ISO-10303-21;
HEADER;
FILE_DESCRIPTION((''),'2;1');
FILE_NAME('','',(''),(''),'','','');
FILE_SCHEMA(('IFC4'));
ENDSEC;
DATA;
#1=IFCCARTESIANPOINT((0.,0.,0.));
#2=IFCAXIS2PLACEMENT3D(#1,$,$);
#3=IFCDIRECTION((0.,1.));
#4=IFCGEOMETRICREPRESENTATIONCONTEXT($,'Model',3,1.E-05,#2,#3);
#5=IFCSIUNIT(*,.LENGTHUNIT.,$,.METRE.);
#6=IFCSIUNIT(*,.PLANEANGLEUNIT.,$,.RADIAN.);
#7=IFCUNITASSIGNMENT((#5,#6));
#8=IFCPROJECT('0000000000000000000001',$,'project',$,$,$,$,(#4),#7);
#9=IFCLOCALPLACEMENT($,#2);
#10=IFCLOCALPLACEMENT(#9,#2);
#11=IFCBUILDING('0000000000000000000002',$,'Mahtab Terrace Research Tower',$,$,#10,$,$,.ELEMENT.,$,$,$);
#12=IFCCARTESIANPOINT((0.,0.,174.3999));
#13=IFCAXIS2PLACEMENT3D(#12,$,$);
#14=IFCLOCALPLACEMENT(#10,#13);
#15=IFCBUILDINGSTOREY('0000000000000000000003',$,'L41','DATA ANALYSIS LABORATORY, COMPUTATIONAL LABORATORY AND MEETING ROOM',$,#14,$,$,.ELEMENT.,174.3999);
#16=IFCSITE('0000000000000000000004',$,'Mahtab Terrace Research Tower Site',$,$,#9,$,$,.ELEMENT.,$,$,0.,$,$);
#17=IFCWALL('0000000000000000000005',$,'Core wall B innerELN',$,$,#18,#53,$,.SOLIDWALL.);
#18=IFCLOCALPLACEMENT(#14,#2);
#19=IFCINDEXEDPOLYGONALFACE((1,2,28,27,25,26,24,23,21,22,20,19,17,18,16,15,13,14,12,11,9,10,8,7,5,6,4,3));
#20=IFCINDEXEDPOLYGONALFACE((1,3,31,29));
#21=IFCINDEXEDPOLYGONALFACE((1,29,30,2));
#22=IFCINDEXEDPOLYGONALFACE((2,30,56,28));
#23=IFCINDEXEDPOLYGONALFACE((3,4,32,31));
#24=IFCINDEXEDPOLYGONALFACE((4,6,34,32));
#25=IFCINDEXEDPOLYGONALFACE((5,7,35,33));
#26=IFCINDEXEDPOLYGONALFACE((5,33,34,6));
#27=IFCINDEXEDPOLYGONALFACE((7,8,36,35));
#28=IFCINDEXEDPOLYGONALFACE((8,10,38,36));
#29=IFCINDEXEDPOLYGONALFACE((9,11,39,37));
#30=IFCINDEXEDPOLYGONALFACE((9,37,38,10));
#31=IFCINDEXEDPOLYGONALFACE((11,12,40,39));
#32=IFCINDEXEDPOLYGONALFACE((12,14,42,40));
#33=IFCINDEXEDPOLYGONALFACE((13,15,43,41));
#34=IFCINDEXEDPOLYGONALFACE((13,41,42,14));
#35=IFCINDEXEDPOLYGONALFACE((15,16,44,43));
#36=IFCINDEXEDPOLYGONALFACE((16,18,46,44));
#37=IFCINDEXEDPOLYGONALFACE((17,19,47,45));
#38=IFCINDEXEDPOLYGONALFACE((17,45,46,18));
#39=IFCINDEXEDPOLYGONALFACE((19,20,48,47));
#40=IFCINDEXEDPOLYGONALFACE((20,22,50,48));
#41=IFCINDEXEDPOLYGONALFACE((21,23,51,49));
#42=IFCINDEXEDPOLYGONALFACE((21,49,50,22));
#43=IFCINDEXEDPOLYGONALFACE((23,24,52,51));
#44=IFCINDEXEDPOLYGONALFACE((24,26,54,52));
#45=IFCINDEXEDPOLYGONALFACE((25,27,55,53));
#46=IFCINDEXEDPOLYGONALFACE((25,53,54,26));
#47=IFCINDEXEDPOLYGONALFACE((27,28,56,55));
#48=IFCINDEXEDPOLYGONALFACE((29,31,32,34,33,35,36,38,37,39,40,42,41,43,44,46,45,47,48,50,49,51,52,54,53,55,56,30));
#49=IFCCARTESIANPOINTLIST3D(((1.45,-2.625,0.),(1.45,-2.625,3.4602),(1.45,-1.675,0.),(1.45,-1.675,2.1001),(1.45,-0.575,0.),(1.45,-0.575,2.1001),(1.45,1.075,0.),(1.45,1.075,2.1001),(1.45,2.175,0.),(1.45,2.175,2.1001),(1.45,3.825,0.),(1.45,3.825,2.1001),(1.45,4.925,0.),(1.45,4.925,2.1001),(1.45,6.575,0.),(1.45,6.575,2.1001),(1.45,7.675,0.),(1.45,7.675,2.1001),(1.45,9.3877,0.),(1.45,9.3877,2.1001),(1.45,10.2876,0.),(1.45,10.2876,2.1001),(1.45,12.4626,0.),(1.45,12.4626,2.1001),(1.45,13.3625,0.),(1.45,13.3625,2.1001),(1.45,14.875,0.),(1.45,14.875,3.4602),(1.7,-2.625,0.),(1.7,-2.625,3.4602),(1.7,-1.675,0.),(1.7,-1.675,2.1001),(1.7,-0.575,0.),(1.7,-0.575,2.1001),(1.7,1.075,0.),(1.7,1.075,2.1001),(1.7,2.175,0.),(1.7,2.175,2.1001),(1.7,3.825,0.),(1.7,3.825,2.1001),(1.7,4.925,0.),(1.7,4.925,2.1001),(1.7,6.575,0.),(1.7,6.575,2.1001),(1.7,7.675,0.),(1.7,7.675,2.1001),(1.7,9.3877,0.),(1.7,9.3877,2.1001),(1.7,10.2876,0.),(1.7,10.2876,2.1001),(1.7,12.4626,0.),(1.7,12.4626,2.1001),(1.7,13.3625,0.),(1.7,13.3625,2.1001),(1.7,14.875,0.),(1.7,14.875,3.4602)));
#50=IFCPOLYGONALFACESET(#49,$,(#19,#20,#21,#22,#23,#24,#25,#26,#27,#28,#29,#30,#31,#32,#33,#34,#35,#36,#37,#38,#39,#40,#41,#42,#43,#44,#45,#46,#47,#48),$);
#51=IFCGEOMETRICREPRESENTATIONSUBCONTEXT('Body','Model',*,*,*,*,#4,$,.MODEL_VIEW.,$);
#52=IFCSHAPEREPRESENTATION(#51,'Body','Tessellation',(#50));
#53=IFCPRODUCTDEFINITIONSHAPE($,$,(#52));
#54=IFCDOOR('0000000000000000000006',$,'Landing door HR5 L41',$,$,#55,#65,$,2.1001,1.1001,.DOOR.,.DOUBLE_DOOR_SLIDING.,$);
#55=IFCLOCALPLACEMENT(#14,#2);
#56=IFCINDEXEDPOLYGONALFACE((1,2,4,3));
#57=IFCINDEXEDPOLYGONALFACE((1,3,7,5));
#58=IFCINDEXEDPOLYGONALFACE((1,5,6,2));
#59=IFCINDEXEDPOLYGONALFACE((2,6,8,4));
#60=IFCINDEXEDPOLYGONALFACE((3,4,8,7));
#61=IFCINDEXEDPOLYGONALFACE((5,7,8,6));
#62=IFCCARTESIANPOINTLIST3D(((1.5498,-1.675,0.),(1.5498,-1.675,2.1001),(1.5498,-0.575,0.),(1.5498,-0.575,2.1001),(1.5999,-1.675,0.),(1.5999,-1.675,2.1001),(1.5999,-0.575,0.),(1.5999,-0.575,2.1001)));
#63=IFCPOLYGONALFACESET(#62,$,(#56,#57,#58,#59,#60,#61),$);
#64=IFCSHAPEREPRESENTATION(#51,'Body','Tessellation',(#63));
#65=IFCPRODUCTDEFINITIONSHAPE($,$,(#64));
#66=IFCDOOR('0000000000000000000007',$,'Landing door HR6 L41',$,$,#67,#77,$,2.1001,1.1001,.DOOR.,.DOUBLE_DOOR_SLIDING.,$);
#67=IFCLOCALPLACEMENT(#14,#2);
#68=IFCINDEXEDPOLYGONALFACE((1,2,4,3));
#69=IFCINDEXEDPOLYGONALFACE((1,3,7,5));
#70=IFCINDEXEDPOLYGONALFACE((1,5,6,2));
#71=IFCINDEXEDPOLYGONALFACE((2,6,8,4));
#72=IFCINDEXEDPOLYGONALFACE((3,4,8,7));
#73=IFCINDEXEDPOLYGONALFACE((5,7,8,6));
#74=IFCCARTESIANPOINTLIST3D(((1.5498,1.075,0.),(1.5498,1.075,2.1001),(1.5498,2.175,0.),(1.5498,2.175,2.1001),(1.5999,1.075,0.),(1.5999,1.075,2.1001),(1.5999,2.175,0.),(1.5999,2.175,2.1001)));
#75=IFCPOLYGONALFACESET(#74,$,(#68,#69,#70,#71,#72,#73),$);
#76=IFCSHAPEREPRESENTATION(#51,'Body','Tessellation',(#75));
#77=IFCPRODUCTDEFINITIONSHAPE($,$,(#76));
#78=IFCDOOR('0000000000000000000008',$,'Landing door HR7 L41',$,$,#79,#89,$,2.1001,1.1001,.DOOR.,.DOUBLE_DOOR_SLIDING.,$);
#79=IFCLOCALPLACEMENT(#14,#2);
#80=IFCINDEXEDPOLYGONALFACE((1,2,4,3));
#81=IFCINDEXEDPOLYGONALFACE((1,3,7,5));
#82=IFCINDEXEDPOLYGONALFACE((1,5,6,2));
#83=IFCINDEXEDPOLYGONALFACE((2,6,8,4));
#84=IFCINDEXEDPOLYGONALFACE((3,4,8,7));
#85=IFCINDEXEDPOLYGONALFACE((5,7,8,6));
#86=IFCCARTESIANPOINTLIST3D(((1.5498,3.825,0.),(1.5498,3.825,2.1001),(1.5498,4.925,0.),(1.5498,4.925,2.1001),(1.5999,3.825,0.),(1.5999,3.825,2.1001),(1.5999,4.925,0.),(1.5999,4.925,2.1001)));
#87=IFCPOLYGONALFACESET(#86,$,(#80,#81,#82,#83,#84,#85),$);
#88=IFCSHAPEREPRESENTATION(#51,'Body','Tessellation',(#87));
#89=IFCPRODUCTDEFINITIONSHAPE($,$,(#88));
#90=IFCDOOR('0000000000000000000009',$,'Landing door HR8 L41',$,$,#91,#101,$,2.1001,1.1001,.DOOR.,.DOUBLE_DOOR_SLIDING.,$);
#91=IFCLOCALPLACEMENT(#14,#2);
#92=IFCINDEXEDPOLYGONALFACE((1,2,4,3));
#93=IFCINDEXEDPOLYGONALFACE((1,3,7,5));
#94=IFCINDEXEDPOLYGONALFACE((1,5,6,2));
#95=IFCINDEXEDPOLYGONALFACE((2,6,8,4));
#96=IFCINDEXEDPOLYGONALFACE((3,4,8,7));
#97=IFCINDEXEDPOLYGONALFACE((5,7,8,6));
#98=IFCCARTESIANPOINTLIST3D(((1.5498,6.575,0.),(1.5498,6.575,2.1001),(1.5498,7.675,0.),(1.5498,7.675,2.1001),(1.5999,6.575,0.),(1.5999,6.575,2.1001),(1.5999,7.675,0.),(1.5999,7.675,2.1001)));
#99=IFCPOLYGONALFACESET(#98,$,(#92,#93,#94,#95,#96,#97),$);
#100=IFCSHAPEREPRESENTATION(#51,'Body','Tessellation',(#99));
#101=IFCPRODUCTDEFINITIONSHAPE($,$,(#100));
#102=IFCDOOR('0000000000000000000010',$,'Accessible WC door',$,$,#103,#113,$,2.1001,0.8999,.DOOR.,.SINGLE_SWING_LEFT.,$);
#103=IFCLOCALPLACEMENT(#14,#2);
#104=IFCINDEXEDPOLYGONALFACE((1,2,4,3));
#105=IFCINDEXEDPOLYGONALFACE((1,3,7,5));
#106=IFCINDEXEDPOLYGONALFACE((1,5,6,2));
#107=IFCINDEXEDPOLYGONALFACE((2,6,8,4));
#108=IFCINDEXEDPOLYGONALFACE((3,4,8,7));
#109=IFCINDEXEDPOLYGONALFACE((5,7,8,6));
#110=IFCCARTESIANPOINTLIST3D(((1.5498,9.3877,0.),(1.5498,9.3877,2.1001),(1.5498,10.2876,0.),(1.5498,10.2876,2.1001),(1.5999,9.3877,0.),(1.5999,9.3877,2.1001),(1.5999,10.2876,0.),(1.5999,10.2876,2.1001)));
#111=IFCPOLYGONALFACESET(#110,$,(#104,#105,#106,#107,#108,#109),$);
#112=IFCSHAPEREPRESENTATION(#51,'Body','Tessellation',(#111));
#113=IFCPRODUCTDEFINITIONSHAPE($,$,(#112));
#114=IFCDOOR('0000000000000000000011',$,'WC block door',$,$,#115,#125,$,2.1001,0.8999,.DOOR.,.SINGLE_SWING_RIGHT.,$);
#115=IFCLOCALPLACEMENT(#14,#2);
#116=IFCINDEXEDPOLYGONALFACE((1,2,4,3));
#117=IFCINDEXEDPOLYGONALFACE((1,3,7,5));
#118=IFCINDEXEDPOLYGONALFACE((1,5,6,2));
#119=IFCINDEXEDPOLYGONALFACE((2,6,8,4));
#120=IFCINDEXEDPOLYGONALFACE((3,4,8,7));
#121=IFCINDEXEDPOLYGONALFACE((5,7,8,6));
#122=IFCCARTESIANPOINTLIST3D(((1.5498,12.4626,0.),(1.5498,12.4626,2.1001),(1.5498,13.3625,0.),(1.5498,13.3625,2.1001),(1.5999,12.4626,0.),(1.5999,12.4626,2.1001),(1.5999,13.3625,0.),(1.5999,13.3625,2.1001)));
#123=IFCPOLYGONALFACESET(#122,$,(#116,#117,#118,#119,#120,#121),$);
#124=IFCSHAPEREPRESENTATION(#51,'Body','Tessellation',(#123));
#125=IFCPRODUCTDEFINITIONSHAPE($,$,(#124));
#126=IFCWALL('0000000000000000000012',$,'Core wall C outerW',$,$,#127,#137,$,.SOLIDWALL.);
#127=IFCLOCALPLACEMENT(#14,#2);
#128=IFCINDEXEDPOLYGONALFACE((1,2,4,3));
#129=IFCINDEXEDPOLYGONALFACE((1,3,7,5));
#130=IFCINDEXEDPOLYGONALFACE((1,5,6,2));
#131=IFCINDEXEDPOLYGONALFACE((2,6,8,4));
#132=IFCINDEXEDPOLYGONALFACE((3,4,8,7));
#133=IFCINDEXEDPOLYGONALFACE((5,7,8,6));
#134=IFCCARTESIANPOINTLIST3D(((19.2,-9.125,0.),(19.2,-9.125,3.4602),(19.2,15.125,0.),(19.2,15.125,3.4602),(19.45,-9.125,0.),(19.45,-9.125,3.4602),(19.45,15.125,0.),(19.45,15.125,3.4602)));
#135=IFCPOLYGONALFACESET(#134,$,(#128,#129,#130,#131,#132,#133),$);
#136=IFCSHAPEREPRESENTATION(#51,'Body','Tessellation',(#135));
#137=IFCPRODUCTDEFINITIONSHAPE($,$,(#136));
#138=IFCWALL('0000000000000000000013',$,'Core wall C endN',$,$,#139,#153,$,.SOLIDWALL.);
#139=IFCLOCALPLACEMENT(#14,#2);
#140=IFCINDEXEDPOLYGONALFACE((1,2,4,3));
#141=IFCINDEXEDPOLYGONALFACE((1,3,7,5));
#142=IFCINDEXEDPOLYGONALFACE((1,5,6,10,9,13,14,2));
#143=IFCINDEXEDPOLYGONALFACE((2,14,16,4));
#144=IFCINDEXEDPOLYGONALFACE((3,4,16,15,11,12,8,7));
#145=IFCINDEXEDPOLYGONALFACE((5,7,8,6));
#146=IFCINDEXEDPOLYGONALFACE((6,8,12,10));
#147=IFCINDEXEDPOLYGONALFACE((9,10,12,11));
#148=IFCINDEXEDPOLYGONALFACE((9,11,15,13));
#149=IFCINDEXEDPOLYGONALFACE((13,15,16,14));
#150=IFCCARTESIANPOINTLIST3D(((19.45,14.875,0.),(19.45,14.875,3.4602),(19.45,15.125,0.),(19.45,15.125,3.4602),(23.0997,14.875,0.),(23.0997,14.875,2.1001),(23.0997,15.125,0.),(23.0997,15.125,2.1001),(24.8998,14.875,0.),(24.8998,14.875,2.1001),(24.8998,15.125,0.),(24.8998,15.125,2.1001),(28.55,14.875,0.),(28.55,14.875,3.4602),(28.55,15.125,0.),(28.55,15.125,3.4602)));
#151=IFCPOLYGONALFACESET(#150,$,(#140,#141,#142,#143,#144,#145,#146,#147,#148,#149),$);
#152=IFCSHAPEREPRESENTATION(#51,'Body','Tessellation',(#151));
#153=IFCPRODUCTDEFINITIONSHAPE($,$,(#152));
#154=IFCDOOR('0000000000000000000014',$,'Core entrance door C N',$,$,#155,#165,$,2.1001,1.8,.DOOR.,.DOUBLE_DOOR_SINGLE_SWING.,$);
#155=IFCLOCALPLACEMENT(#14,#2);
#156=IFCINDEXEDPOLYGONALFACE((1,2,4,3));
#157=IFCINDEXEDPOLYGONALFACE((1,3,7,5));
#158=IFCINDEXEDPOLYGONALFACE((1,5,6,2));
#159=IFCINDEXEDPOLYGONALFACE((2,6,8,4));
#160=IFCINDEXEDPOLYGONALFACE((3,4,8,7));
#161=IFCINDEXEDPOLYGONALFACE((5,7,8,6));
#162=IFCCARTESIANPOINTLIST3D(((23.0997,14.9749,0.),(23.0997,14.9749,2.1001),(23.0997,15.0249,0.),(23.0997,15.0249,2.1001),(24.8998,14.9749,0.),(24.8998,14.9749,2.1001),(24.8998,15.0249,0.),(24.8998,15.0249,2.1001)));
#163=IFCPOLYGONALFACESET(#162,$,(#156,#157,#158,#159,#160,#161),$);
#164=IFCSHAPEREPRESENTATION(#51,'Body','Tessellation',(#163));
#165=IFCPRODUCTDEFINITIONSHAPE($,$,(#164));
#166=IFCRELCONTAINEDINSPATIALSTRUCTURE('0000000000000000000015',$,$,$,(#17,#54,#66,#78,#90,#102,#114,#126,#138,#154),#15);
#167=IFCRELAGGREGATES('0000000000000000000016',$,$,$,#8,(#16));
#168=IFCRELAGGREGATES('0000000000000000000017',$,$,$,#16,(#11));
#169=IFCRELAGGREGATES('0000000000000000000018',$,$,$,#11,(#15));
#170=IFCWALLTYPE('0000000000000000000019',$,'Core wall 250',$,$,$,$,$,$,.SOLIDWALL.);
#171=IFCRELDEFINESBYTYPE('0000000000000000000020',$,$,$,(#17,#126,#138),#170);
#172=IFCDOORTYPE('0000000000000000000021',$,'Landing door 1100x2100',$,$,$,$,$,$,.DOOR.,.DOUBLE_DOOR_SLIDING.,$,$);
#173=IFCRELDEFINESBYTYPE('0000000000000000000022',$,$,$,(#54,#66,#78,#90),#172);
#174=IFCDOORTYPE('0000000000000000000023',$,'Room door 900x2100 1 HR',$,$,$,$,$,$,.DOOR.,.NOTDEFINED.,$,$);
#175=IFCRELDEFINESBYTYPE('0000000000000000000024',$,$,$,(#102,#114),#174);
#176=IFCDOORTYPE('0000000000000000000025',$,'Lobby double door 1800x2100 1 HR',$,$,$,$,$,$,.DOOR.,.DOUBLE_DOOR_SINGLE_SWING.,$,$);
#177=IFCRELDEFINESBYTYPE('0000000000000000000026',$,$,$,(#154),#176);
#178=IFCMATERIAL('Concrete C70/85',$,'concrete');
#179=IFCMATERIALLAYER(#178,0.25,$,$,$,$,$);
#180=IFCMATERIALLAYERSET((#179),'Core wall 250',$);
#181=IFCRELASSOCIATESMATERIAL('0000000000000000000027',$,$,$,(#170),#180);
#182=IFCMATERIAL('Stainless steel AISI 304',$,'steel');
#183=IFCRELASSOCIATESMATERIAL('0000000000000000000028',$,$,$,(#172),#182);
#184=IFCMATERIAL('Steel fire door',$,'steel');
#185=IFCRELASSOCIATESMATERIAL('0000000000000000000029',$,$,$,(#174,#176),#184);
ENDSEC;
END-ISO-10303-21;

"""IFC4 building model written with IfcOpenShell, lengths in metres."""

from ifc_helpers import new_model, si_unit, direction, frame, frame_2d, origin, place, context, subcontext, project, spatial, rectangle, extrude, material, layer, layer_set, type_object, element, fill, save


model = new_model("IFC4")

# Units and contexts
model_context = context("Model", 3, precision=1e-05, world=origin(), true_north=direction((0.0, 1.0)))
body_context = subcontext(model_context, "Body", "Model", "MODEL_VIEW")
ifc_project = project(units=[si_unit("LENGTHUNIT", "METRE"), si_unit("PLANEANGLEUNIT", "RADIAN")], contexts=[model_context])

# Site, building, storey
site_placement = place(None, origin())
site = spatial("IfcSite", under=ifc_project, at=site_placement, Name="Mahtab Terrace Research Tower Site", CompositionType="ELEMENT", RefElevation=0.0)
building_placement = place(site_placement, origin())
building = spatial("IfcBuilding", under=site, at=building_placement, Name="Mahtab Terrace Research Tower", CompositionType="ELEMENT")
storey_placement = place(building_placement, frame((0.0, 0.0, 174.3999)))
storey = spatial("IfcBuildingStorey", under=building, at=storey_placement, Name="L41", Description="DATA ANALYSIS LABORATORY, COMPUTATIONAL LABORATORY AND MEETING ROOM", CompositionType="ELEMENT", Elevation=174.3999)

# Shared definitions
ifc_material_1 = material(Name="Concrete C70/85", Category="concrete")

# Wall, openings, doors
ifc_layer_1 = layer(ifc_material_1, 0.25)
ifc_layer_set_1 = layer_set([ifc_layer_1], Name="Core wall 250")
wall_type_1 = type_object("IfcWallType", Name="Core wall 250", PredefinedType="SOLIDWALL", material=ifc_layer_set_1)
wall_1_placement = place(storey_placement, frame((1.575, 14.875, 0.0), z_axis=(0.0, 0.0, 1.0), x_axis=(0.0, -1.0, 0.0)))
wall_1 = element("IfcWall", 1, at=wall_1_placement, inside=storey, type_object=wall_type_1, Name="Core wall B innerELN", PredefinedType="SOLIDWALL", context=body_context, shape_type="SweptSolid", body=[
    extrude(rectangle(XDim=17.5, YDim=0.25, at=frame_2d((8.75, 0.0))), origin(), (0.0, 0.0, 1.0), 3.4602),
])
opening_1_placement = place(wall_1_placement, frame((15.45, 0.0, 0.0)))
opening_1 = element("IfcOpeningElement", 2, at=opening_1_placement, cuts=wall_1, PredefinedType="OPENING", context=body_context, shape_type="SweptSolid", body=[
    extrude(rectangle(XDim=1.1001, YDim=2.1001, at=frame_2d((0.55, 1.05))), frame((0.0, 0.135, 0.0), z_axis=(0.0, -1.0, 0.0), x_axis=(1.0, 0.0, 0.0)), (0.0, 0.0, 1.0), 0.27),
])
opening_2_placement = place(wall_1_placement, frame((12.7, 0.0, 0.0)))
opening_2 = element("IfcOpeningElement", 3, at=opening_2_placement, cuts=wall_1, PredefinedType="OPENING", context=body_context, shape_type="SweptSolid", body=[
    extrude(rectangle(XDim=1.1001, YDim=2.1001, at=frame_2d((0.55, 1.05))), frame((0.0, 0.135, 0.0), z_axis=(0.0, -1.0, 0.0), x_axis=(1.0, 0.0, 0.0)), (0.0, 0.0, 1.0), 0.27),
])
opening_3_placement = place(wall_1_placement, frame((9.95, 0.0, 0.0)))
opening_3 = element("IfcOpeningElement", 4, at=opening_3_placement, cuts=wall_1, PredefinedType="OPENING", context=body_context, shape_type="SweptSolid", body=[
    extrude(rectangle(XDim=1.1001, YDim=2.1001, at=frame_2d((0.55, 1.05))), frame((0.0, 0.135, 0.0), z_axis=(0.0, -1.0, 0.0), x_axis=(1.0, 0.0, 0.0)), (0.0, 0.0, 1.0), 0.27),
])
opening_4_placement = place(wall_1_placement, frame((7.2, 0.0, 0.0)))
opening_4 = element("IfcOpeningElement", 5, at=opening_4_placement, cuts=wall_1, PredefinedType="OPENING", context=body_context, shape_type="SweptSolid", body=[
    extrude(rectangle(XDim=1.1001, YDim=2.1001, at=frame_2d((0.55, 1.05))), frame((0.0, 0.135, 0.0), z_axis=(0.0, -1.0, 0.0), x_axis=(1.0, 0.0, 0.0)), (0.0, 0.0, 1.0), 0.27),
])
opening_5_placement = place(wall_1_placement, frame((4.5874, 0.0, 0.0)))
opening_5 = element("IfcOpeningElement", 6, at=opening_5_placement, cuts=wall_1, PredefinedType="OPENING", context=body_context, shape_type="SweptSolid", body=[
    extrude(rectangle(XDim=0.8999, YDim=2.1001, at=frame_2d((0.45, 1.05))), frame((0.0, 0.135, 0.0), z_axis=(0.0, -1.0, 0.0), x_axis=(1.0, 0.0, 0.0)), (0.0, 0.0, 1.0), 0.27),
])
opening_6_placement = place(wall_1_placement, frame((1.5125, 0.0, 0.0)))
opening_6 = element("IfcOpeningElement", 7, at=opening_6_placement, cuts=wall_1, PredefinedType="OPENING", context=body_context, shape_type="SweptSolid", body=[
    extrude(rectangle(XDim=0.8999, YDim=2.1001, at=frame_2d((0.45, 1.05))), frame((0.0, 0.135, 0.0), z_axis=(0.0, -1.0, 0.0), x_axis=(1.0, 0.0, 0.0)), (0.0, 0.0, 1.0), 0.27),
])
ifc_material_2 = material(Name="Stainless steel AISI 304", Category="steel")
door_type_1 = type_object("IfcDoorType", Name="Landing door 1100x2100", OperationType="DOUBLE_DOOR_SLIDING", PredefinedType="DOOR", material=ifc_material_2)
door_1_placement = place(opening_1_placement, origin())
door_1 = element("IfcDoor", 8, at=door_1_placement, inside=storey, type_object=door_type_1, Name="Landing door HR5 L41", OperationType="DOUBLE_DOOR_SLIDING", OverallHeight=2.1001, OverallWidth=1.1001, PredefinedType="DOOR", context=body_context, shape_type="SweptSolid", body=[
    extrude(rectangle(XDim=1.1001, YDim=2.1001, at=frame_2d((0.55, 1.05))), frame((0.0, 0.0249, 0.0), z_axis=(0.0, -1.0, 0.0), x_axis=(1.0, 0.0, 0.0)), (0.0, 0.0, 1.0), 0.05),
])
fill(opening_1, door_1)
door_2_placement = place(opening_2_placement, origin())
door_2 = element("IfcDoor", 9, at=door_2_placement, inside=storey, type_object=door_type_1, Name="Landing door HR6 L41", OperationType="DOUBLE_DOOR_SLIDING", OverallHeight=2.1001, OverallWidth=1.1001, PredefinedType="DOOR", context=body_context, shape_type="SweptSolid", body=[
    extrude(rectangle(XDim=1.1001, YDim=2.1001, at=frame_2d((0.55, 1.05))), frame((0.0, 0.0249, 0.0), z_axis=(0.0, -1.0, 0.0), x_axis=(1.0, 0.0, 0.0)), (0.0, 0.0, 1.0), 0.05),
])
fill(opening_2, door_2)
door_3_placement = place(opening_3_placement, origin())
door_3 = element("IfcDoor", 10, at=door_3_placement, inside=storey, type_object=door_type_1, Name="Landing door HR7 L41", OperationType="DOUBLE_DOOR_SLIDING", OverallHeight=2.1001, OverallWidth=1.1001, PredefinedType="DOOR", context=body_context, shape_type="SweptSolid", body=[
    extrude(rectangle(XDim=1.1001, YDim=2.1001, at=frame_2d((0.55, 1.05))), frame((0.0, 0.0249, 0.0), z_axis=(0.0, -1.0, 0.0), x_axis=(1.0, 0.0, 0.0)), (0.0, 0.0, 1.0), 0.05),
])
fill(opening_3, door_3)
door_4_placement = place(opening_4_placement, origin())
door_4 = element("IfcDoor", 11, at=door_4_placement, inside=storey, type_object=door_type_1, Name="Landing door HR8 L41", OperationType="DOUBLE_DOOR_SLIDING", OverallHeight=2.1001, OverallWidth=1.1001, PredefinedType="DOOR", context=body_context, shape_type="SweptSolid", body=[
    extrude(rectangle(XDim=1.1001, YDim=2.1001, at=frame_2d((0.55, 1.05))), frame((0.0, 0.0249, 0.0), z_axis=(0.0, -1.0, 0.0), x_axis=(1.0, 0.0, 0.0)), (0.0, 0.0, 1.0), 0.05),
])
fill(opening_4, door_4)
ifc_material_3 = material(Name="Steel fire door", Category="steel")
door_type_2 = type_object("IfcDoorType", Name="Room door 900x2100 1 HR", OperationType="NOTDEFINED", PredefinedType="DOOR", material=ifc_material_3)
door_5_placement = place(opening_5_placement, origin())
door_5 = element("IfcDoor", 12, at=door_5_placement, inside=storey, type_object=door_type_2, Name="Accessible WC door", OperationType="SINGLE_SWING_LEFT", OverallHeight=2.1001, OverallWidth=0.8999, PredefinedType="DOOR", context=body_context, shape_type="SweptSolid", body=[
    extrude(rectangle(XDim=0.8999, YDim=2.1001, at=frame_2d((0.45, 1.05))), frame((0.0, 0.0249, 0.0), z_axis=(0.0, -1.0, 0.0), x_axis=(1.0, 0.0, 0.0)), (0.0, 0.0, 1.0), 0.05),
])
fill(opening_5, door_5)
door_6_placement = place(opening_6_placement, origin())
door_6 = element("IfcDoor", 13, at=door_6_placement, inside=storey, type_object=door_type_2, Name="WC block door", OperationType="SINGLE_SWING_RIGHT", OverallHeight=2.1001, OverallWidth=0.8999, PredefinedType="DOOR", context=body_context, shape_type="SweptSolid", body=[
    extrude(rectangle(XDim=0.8999, YDim=2.1001, at=frame_2d((0.45, 1.05))), frame((0.0, 0.0249, 0.0), z_axis=(0.0, -1.0, 0.0), x_axis=(1.0, 0.0, 0.0)), (0.0, 0.0, 1.0), 0.05),
])
fill(opening_6, door_6)

# Wall
wall_2_placement = place(storey_placement, frame((19.325, 15.125, 0.0), z_axis=(0.0, 0.0, 1.0), x_axis=(0.0, -1.0, 0.0)))
element("IfcWall", 14, at=wall_2_placement, inside=storey, type_object=wall_type_1, Name="Core wall C outerW", PredefinedType="SOLIDWALL", context=body_context, shape_type="SweptSolid", body=[
    extrude(rectangle(XDim=24.25, YDim=0.25, at=frame_2d((12.125, 0.0))), origin(), (0.0, 0.0, 1.0), 3.4602),
])

# Wall, opening, door
wall_3_placement = place(storey_placement, frame((19.45, 15.0, 0.0), z_axis=(0.0, 0.0, 1.0), x_axis=(1.0, 0.0, 0.0)))
wall_3 = element("IfcWall", 15, at=wall_3_placement, inside=storey, type_object=wall_type_1, Name="Core wall C endN", PredefinedType="SOLIDWALL", context=body_context, shape_type="SweptSolid", body=[
    extrude(rectangle(XDim=9.1001, YDim=0.25, at=frame_2d((4.55, 0.0))), origin(), (0.0, 0.0, 1.0), 3.4602),
])
opening_7_placement = place(wall_3_placement, frame((3.6499, 0.0, 0.0)))
opening_7 = element("IfcOpeningElement", 16, at=opening_7_placement, cuts=wall_3, PredefinedType="OPENING", context=body_context, shape_type="SweptSolid", body=[
    extrude(rectangle(XDim=1.8, YDim=2.1001, at=frame_2d((0.8999, 1.05))), frame((0.0, 0.135, 0.0), z_axis=(0.0, -1.0, 0.0), x_axis=(1.0, 0.0, 0.0)), (0.0, 0.0, 1.0), 0.27),
])
door_type_3 = type_object("IfcDoorType", Name="Lobby double door 1800x2100 1 HR", OperationType="DOUBLE_DOOR_SINGLE_SWING", PredefinedType="DOOR", material=ifc_material_3)
door_7_placement = place(opening_7_placement, origin())
door_7 = element("IfcDoor", 17, at=door_7_placement, inside=storey, type_object=door_type_3, Name="Core entrance door C N", OperationType="DOUBLE_DOOR_SINGLE_SWING", OverallHeight=2.1001, OverallWidth=1.8, PredefinedType="DOOR", context=body_context, shape_type="SweptSolid", body=[
    extrude(rectangle(XDim=1.8, YDim=2.1001, at=frame_2d((0.8999, 1.05))), frame((0.0, 0.0249, 0.0), z_axis=(0.0, -1.0, 0.0), x_axis=(1.0, 0.0, 0.0)), (0.0, 0.0, 1.0), 0.05),
])
fill(opening_7, door_7)

save(model, "model.ifc")
